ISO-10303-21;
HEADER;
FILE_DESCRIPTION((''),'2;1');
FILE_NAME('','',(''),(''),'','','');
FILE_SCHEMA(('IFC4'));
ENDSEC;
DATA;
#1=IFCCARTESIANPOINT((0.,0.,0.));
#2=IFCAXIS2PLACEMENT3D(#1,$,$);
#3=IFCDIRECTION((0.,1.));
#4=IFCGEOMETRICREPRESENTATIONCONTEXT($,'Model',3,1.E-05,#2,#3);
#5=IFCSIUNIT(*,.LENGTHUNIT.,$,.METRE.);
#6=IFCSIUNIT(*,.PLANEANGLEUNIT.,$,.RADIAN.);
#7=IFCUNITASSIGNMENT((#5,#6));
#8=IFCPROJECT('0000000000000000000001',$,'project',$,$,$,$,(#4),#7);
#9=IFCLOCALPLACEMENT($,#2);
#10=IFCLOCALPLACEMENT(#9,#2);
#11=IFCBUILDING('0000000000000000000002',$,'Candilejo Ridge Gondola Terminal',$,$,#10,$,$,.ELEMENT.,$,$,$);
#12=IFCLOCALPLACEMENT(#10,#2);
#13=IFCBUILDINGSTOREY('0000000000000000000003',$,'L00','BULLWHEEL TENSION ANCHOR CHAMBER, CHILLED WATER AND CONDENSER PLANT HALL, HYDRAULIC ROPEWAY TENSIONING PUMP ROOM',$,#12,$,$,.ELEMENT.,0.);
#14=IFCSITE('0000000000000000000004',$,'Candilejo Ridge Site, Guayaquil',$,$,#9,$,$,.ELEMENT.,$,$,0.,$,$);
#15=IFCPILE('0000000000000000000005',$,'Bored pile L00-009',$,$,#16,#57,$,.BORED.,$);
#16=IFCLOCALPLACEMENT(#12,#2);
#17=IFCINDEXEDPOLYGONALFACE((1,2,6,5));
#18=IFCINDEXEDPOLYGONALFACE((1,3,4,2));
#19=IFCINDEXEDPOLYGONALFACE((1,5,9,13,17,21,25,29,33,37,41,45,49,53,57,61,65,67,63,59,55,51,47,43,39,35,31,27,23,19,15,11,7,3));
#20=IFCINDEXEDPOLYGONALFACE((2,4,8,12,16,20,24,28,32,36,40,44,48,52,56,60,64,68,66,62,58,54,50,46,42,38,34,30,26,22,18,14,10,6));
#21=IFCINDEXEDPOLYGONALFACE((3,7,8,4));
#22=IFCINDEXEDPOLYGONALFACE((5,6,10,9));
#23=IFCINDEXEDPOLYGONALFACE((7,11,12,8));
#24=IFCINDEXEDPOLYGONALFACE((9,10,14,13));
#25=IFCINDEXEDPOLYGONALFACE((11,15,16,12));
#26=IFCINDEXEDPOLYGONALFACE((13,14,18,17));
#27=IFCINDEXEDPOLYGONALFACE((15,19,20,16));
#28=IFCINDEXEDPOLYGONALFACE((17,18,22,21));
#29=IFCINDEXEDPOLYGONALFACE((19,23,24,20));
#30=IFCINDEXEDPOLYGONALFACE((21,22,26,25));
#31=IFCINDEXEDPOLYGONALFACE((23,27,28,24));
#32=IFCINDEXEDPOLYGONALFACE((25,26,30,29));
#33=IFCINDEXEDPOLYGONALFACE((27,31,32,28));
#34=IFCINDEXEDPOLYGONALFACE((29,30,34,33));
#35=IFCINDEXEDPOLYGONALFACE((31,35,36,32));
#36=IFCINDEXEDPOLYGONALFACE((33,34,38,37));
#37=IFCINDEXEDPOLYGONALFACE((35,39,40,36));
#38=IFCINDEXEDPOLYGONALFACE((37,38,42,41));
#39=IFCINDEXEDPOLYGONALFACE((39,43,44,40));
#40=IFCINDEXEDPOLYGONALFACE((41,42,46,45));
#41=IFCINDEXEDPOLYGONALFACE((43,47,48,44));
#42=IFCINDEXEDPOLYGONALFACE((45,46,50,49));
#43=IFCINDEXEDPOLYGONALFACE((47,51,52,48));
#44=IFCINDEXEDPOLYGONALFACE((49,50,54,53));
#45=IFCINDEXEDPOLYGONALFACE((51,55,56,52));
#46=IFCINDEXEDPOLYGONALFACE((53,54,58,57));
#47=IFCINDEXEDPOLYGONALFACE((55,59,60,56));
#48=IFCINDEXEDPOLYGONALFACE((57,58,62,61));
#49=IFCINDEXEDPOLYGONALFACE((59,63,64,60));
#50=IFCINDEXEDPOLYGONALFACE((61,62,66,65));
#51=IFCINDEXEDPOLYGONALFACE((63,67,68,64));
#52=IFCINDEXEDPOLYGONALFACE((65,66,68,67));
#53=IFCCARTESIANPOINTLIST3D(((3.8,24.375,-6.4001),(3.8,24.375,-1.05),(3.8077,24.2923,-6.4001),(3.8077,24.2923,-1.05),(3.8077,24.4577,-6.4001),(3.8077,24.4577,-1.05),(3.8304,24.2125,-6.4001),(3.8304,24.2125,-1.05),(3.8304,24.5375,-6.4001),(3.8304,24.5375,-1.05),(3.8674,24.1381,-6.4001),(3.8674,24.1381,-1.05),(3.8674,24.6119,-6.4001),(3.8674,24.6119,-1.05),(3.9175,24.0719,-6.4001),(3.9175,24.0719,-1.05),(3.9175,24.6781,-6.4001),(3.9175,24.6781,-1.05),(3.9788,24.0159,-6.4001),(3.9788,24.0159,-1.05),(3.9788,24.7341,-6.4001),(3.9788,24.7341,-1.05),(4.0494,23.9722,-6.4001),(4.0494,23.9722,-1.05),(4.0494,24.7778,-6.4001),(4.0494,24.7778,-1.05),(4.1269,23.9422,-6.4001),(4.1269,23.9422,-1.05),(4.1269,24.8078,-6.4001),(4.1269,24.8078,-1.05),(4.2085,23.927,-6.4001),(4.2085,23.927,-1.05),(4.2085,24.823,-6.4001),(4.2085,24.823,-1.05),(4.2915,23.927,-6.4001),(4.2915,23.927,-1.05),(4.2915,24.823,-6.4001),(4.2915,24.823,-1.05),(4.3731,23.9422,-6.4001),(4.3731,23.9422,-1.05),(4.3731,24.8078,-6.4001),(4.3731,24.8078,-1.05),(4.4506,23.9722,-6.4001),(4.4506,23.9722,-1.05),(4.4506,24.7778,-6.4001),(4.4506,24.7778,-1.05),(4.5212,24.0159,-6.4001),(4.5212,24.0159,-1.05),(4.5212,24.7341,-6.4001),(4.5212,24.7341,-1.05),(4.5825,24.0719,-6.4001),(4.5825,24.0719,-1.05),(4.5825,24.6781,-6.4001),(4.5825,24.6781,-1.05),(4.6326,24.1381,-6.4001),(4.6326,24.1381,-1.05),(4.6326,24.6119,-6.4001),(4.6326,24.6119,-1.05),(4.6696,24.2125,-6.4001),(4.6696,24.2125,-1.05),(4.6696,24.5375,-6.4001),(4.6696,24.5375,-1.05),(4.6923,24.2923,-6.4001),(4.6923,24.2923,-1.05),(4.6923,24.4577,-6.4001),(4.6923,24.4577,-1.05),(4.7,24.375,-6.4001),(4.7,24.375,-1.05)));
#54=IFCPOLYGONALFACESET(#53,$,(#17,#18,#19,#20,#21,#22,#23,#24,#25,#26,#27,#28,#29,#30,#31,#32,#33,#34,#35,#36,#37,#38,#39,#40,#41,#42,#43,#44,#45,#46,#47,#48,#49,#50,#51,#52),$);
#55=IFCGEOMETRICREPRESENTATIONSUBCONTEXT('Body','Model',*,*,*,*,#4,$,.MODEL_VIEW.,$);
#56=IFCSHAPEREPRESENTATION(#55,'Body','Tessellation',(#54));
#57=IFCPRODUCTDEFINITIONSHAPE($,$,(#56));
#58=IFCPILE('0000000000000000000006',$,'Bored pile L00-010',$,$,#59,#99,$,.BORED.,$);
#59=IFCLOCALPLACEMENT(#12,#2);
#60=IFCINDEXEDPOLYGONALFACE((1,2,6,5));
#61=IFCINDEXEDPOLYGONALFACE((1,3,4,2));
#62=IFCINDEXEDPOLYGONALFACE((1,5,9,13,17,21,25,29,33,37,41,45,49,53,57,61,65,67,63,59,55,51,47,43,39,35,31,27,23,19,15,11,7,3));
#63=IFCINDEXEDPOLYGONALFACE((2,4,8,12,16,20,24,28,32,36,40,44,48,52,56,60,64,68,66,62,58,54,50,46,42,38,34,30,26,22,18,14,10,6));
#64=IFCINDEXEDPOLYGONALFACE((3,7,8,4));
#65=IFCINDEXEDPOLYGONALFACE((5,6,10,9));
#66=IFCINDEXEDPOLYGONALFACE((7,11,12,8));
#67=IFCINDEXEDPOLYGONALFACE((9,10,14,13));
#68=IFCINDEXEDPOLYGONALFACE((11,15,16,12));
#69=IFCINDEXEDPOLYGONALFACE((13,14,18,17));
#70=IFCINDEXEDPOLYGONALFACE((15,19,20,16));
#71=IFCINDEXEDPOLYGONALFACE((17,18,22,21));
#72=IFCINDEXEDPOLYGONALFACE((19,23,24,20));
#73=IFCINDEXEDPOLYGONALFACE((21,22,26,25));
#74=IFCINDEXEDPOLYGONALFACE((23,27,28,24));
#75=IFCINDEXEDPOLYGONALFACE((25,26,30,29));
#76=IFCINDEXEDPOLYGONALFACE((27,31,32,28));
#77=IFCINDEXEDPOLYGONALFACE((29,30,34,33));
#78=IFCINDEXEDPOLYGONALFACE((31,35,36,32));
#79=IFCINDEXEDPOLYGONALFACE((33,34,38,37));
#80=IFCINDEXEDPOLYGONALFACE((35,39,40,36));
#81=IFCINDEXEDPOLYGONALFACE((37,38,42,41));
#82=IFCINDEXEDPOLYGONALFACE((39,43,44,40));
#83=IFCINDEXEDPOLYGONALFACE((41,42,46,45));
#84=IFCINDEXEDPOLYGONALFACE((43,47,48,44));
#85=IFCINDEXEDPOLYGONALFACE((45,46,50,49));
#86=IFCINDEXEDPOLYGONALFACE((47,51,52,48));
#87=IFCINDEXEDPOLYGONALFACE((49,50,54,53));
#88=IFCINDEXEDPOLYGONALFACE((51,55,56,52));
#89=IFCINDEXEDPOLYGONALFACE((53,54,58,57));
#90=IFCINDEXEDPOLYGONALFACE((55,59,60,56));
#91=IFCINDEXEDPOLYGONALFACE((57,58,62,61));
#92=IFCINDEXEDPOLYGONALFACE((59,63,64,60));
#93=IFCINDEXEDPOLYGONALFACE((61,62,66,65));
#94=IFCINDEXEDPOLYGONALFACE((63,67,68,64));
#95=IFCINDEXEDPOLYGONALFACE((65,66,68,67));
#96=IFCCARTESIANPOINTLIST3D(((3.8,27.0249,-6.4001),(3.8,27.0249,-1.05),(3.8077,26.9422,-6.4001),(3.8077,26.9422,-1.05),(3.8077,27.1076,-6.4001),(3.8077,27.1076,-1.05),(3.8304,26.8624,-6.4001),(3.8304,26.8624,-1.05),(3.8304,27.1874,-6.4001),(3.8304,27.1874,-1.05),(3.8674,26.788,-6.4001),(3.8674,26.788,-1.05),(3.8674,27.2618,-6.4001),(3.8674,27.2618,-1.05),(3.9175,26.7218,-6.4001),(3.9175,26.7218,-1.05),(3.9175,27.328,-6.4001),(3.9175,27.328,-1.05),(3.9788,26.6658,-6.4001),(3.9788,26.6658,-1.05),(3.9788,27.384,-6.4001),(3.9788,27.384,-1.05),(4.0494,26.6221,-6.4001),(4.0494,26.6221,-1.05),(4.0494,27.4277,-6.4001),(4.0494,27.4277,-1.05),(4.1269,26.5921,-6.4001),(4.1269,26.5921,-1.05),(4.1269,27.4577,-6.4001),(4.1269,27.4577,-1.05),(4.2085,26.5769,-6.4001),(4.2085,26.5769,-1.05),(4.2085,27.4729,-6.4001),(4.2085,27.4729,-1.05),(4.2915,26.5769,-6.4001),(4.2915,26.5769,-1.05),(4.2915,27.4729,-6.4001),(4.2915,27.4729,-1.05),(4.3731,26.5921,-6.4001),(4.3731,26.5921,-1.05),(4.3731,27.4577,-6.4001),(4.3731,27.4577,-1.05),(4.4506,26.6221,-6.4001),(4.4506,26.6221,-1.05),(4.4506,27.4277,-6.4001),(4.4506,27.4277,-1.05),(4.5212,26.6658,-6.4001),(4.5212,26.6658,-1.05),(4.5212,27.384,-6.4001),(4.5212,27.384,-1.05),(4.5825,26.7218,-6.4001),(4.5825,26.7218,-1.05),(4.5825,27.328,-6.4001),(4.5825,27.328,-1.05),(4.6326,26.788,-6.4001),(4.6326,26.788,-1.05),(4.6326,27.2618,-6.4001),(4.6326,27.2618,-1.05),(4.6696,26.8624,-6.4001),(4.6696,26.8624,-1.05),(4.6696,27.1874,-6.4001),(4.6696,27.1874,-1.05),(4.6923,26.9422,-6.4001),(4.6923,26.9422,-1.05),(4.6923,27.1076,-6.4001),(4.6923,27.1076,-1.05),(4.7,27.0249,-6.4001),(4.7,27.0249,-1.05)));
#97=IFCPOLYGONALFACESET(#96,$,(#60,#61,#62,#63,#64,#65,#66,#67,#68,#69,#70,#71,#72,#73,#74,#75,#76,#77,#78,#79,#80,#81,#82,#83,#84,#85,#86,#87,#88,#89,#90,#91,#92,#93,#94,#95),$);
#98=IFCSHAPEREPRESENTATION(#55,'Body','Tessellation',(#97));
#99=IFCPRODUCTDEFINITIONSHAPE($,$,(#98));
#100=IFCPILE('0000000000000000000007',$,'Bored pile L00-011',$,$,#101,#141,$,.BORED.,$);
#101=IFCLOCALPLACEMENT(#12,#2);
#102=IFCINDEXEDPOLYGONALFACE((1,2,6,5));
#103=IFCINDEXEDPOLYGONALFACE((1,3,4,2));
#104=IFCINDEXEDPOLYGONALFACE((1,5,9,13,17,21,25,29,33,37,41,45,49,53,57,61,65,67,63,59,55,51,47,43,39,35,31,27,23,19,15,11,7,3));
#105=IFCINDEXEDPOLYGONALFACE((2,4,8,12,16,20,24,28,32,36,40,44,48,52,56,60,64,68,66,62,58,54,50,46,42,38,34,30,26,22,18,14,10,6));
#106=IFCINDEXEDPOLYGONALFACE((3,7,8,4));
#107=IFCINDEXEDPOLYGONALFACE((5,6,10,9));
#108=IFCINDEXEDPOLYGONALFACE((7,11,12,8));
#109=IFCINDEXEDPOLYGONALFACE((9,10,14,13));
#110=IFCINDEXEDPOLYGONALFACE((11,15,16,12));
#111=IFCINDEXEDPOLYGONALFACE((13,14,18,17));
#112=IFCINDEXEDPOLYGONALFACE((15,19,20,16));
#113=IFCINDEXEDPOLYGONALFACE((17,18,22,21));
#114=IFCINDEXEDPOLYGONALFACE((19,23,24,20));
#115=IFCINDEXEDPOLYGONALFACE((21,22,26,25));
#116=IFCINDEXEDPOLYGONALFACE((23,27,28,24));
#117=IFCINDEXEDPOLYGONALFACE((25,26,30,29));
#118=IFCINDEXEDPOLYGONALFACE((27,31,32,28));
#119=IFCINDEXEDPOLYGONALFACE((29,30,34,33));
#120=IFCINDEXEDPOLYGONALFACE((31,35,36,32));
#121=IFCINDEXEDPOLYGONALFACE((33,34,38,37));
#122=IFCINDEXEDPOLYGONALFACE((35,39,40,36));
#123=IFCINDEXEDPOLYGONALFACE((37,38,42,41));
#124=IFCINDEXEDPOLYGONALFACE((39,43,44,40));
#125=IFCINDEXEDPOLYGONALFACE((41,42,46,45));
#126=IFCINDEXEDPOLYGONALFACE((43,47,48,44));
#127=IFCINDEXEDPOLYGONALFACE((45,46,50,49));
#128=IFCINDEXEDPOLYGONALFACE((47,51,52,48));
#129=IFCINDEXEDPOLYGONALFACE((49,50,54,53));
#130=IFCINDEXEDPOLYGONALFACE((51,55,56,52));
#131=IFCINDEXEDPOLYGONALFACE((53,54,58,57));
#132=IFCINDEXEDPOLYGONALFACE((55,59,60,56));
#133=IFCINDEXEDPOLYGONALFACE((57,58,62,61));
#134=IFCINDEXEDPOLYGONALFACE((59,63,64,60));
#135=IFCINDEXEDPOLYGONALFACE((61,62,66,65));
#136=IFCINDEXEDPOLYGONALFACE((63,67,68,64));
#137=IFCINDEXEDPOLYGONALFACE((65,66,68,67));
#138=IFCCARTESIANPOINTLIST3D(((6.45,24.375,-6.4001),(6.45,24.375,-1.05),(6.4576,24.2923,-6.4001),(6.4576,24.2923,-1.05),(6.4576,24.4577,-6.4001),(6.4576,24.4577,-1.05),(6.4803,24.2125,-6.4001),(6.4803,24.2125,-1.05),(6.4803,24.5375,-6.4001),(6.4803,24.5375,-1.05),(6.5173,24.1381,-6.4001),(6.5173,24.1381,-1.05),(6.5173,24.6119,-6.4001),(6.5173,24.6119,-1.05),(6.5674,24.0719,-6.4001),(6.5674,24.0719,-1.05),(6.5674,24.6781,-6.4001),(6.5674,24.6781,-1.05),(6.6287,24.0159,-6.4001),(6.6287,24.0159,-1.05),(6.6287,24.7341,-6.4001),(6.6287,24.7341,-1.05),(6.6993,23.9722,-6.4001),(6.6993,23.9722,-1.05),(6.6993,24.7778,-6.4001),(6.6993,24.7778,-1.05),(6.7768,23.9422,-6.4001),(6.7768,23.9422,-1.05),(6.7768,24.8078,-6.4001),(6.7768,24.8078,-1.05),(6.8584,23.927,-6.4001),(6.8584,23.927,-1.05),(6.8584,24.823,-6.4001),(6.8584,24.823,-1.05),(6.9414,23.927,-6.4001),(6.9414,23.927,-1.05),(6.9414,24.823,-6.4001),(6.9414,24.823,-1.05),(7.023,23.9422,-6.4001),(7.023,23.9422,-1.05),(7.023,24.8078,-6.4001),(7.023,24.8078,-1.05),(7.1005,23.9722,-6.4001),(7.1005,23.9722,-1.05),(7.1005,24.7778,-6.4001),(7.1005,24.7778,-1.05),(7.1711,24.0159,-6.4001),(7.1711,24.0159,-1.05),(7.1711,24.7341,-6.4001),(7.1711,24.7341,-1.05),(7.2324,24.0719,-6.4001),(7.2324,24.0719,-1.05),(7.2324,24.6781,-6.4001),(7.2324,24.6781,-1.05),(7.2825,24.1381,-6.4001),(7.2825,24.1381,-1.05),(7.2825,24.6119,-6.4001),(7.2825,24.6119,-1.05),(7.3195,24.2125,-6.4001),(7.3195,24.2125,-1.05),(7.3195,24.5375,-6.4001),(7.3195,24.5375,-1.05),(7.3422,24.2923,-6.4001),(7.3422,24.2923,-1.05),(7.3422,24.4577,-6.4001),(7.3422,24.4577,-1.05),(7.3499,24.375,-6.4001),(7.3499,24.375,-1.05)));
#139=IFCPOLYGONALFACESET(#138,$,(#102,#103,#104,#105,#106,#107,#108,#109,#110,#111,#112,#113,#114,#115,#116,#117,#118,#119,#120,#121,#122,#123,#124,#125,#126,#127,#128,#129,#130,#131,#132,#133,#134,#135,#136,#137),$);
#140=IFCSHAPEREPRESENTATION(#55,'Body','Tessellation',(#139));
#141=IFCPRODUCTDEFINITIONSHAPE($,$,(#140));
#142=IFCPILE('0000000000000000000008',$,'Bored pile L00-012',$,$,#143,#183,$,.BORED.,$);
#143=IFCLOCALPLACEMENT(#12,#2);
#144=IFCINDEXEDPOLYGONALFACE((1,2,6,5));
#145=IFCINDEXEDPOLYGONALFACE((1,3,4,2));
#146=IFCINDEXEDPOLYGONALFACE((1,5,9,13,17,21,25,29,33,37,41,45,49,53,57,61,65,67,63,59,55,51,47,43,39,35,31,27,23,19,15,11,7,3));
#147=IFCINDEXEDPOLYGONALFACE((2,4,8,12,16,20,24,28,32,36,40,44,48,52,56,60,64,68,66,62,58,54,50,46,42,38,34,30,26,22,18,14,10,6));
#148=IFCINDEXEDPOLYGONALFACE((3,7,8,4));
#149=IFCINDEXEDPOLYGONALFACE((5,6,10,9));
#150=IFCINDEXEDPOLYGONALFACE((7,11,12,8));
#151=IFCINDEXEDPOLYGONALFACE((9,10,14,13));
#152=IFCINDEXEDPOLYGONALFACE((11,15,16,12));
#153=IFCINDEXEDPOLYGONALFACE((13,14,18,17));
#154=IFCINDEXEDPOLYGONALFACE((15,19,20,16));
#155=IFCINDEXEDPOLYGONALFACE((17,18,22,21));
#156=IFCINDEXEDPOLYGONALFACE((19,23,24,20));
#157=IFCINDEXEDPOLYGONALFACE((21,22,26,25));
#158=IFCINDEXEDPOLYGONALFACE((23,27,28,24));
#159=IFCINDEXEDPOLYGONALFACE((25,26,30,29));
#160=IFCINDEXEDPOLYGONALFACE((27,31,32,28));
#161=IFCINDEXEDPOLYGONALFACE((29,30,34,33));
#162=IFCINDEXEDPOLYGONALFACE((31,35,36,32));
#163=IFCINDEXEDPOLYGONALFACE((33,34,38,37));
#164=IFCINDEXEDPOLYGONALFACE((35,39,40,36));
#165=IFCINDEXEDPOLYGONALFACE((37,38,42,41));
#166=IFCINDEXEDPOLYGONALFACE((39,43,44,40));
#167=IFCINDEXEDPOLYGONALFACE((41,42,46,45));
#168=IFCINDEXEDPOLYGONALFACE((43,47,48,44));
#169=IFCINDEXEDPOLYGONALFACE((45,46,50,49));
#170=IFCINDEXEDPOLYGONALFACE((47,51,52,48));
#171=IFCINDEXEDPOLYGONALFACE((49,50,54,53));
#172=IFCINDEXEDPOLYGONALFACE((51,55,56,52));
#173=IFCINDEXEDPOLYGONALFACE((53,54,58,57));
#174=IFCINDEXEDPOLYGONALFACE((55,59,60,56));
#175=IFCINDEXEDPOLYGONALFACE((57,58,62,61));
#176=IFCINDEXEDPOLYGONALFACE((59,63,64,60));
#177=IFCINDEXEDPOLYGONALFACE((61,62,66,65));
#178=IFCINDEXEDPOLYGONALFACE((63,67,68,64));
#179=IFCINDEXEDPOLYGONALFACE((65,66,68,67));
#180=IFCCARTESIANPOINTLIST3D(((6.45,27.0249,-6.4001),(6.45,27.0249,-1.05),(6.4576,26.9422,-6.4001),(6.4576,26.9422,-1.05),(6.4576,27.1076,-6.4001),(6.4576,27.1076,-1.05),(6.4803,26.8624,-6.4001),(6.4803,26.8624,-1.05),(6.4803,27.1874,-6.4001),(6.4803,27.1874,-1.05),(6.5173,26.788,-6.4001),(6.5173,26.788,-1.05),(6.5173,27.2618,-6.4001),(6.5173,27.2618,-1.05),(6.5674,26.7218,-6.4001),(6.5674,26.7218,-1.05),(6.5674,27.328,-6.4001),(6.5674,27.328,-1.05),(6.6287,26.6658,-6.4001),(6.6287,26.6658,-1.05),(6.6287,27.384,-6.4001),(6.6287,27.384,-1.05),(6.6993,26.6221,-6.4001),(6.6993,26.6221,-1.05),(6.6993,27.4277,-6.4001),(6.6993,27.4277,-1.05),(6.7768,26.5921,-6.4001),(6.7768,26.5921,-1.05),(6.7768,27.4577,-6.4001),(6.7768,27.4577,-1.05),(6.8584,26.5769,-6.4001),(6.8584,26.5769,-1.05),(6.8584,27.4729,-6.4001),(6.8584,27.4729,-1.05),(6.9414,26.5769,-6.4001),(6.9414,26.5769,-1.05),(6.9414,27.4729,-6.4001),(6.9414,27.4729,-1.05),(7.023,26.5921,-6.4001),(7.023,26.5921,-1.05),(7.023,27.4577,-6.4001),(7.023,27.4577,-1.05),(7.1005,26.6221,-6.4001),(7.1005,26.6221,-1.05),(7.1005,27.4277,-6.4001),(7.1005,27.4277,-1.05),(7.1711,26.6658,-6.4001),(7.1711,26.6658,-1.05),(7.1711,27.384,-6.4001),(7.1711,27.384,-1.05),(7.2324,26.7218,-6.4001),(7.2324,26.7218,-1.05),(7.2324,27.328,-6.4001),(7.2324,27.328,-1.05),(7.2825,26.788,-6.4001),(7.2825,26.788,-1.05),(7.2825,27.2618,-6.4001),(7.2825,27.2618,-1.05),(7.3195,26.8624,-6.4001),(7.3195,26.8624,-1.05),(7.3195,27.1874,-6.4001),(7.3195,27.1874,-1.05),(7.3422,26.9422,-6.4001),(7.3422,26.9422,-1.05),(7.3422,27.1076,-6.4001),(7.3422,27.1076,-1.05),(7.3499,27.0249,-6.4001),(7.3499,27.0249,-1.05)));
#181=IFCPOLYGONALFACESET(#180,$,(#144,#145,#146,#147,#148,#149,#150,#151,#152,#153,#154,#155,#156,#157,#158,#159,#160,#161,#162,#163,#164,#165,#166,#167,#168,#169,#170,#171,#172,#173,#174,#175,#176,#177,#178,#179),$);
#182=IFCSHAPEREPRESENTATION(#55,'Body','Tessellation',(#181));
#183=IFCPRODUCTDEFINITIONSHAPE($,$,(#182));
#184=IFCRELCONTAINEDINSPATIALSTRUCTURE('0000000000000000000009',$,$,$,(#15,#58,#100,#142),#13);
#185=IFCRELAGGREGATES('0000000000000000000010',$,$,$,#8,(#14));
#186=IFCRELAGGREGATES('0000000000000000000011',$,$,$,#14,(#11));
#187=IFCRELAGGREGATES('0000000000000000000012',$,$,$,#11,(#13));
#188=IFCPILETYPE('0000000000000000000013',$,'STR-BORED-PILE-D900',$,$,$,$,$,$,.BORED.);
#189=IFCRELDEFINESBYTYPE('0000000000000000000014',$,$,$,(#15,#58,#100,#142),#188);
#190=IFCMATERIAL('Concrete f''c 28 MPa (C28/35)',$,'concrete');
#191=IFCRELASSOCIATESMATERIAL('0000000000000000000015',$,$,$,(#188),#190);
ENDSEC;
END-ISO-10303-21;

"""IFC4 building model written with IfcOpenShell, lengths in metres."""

from ifc_helpers import new_model, si_unit, direction, frame, origin, origin_2d, place, context, subcontext, project, spatial, circle, extrude, material, material_profile, profile_set, type_object, element, save


model = new_model("IFC4")

# Units and contexts
model_context = context("Model", 3, precision=1e-05, world=origin(), true_north=direction((0.0, 1.0)))
body_context = subcontext(model_context, "Body", "Model", "MODEL_VIEW")
ifc_project = project(units=[si_unit("LENGTHUNIT", "METRE"), si_unit("PLANEANGLEUNIT", "RADIAN")], contexts=[model_context])

# Site, building, storey
site_placement = place(None, origin())
site = spatial("IfcSite", under=ifc_project, at=site_placement, Name="Candilejo Ridge Site, Guayaquil", CompositionType="ELEMENT", RefElevation=0.0)
building_placement = place(site_placement, origin())
building = spatial("IfcBuilding", under=site, at=building_placement, Name="Candilejo Ridge Gondola Terminal", CompositionType="ELEMENT")
storey_placement = place(building_placement, origin())
storey = spatial("IfcBuildingStorey", under=building, at=storey_placement, Name="L00", Description="BULLWHEEL TENSION ANCHOR CHAMBER, CHILLED WATER AND CONDENSER PLANT HALL, HYDRAULIC ROPEWAY TENSIONING PUMP ROOM", CompositionType="ELEMENT", Elevation=0.0)

# Piles
ifc_material_1 = material(Name="Concrete f'c 28 MPa (C28/35)", Category="concrete")
ifc_material_profile_1 = material_profile(ifc_material_1, circle(Radius=0.45, at=origin_2d()))
ifc_profile_set_1 = profile_set([ifc_material_profile_1], Name="Concrete f'c 28 MPa (C28/35)")
pile_type = type_object("IfcPileType", Name="STR-BORED-PILE-D900", PredefinedType="BORED", material=ifc_profile_set_1)
for number, where, z_axis, x_axis, name in (
    (1, (4.25, 24.375, -1.05), (0.0, 0.0, -1.0), (1.0, 0.0, 0.0), "Bored pile L00-009"),
    (2, (4.25, 27.0249, -1.05), (0.0, 0.0, -1.0), (1.0, 0.0, 0.0), "Bored pile L00-010"),
    (3, (6.8999, 24.375, -1.05), (0.0, 0.0, -1.0), (1.0, 0.0, 0.0), "Bored pile L00-011"),
    (4, (6.8999, 27.0249, -1.05), (0.0, 0.0, -1.0), (1.0, 0.0, 0.0), "Bored pile L00-012"),
):
    element("IfcPile", number, at=place(storey_placement, frame(where, z_axis=z_axis, x_axis=x_axis)), inside=storey, type_object=pile_type, Name=name, PredefinedType="BORED", context=body_context, shape_type="SweptSolid", body=[
        extrude(circle(Radius=0.45, at=origin_2d()), origin(), (0.0, 0.0, 1.0), 5.3501),
    ])

save(model, "model.ifc")
